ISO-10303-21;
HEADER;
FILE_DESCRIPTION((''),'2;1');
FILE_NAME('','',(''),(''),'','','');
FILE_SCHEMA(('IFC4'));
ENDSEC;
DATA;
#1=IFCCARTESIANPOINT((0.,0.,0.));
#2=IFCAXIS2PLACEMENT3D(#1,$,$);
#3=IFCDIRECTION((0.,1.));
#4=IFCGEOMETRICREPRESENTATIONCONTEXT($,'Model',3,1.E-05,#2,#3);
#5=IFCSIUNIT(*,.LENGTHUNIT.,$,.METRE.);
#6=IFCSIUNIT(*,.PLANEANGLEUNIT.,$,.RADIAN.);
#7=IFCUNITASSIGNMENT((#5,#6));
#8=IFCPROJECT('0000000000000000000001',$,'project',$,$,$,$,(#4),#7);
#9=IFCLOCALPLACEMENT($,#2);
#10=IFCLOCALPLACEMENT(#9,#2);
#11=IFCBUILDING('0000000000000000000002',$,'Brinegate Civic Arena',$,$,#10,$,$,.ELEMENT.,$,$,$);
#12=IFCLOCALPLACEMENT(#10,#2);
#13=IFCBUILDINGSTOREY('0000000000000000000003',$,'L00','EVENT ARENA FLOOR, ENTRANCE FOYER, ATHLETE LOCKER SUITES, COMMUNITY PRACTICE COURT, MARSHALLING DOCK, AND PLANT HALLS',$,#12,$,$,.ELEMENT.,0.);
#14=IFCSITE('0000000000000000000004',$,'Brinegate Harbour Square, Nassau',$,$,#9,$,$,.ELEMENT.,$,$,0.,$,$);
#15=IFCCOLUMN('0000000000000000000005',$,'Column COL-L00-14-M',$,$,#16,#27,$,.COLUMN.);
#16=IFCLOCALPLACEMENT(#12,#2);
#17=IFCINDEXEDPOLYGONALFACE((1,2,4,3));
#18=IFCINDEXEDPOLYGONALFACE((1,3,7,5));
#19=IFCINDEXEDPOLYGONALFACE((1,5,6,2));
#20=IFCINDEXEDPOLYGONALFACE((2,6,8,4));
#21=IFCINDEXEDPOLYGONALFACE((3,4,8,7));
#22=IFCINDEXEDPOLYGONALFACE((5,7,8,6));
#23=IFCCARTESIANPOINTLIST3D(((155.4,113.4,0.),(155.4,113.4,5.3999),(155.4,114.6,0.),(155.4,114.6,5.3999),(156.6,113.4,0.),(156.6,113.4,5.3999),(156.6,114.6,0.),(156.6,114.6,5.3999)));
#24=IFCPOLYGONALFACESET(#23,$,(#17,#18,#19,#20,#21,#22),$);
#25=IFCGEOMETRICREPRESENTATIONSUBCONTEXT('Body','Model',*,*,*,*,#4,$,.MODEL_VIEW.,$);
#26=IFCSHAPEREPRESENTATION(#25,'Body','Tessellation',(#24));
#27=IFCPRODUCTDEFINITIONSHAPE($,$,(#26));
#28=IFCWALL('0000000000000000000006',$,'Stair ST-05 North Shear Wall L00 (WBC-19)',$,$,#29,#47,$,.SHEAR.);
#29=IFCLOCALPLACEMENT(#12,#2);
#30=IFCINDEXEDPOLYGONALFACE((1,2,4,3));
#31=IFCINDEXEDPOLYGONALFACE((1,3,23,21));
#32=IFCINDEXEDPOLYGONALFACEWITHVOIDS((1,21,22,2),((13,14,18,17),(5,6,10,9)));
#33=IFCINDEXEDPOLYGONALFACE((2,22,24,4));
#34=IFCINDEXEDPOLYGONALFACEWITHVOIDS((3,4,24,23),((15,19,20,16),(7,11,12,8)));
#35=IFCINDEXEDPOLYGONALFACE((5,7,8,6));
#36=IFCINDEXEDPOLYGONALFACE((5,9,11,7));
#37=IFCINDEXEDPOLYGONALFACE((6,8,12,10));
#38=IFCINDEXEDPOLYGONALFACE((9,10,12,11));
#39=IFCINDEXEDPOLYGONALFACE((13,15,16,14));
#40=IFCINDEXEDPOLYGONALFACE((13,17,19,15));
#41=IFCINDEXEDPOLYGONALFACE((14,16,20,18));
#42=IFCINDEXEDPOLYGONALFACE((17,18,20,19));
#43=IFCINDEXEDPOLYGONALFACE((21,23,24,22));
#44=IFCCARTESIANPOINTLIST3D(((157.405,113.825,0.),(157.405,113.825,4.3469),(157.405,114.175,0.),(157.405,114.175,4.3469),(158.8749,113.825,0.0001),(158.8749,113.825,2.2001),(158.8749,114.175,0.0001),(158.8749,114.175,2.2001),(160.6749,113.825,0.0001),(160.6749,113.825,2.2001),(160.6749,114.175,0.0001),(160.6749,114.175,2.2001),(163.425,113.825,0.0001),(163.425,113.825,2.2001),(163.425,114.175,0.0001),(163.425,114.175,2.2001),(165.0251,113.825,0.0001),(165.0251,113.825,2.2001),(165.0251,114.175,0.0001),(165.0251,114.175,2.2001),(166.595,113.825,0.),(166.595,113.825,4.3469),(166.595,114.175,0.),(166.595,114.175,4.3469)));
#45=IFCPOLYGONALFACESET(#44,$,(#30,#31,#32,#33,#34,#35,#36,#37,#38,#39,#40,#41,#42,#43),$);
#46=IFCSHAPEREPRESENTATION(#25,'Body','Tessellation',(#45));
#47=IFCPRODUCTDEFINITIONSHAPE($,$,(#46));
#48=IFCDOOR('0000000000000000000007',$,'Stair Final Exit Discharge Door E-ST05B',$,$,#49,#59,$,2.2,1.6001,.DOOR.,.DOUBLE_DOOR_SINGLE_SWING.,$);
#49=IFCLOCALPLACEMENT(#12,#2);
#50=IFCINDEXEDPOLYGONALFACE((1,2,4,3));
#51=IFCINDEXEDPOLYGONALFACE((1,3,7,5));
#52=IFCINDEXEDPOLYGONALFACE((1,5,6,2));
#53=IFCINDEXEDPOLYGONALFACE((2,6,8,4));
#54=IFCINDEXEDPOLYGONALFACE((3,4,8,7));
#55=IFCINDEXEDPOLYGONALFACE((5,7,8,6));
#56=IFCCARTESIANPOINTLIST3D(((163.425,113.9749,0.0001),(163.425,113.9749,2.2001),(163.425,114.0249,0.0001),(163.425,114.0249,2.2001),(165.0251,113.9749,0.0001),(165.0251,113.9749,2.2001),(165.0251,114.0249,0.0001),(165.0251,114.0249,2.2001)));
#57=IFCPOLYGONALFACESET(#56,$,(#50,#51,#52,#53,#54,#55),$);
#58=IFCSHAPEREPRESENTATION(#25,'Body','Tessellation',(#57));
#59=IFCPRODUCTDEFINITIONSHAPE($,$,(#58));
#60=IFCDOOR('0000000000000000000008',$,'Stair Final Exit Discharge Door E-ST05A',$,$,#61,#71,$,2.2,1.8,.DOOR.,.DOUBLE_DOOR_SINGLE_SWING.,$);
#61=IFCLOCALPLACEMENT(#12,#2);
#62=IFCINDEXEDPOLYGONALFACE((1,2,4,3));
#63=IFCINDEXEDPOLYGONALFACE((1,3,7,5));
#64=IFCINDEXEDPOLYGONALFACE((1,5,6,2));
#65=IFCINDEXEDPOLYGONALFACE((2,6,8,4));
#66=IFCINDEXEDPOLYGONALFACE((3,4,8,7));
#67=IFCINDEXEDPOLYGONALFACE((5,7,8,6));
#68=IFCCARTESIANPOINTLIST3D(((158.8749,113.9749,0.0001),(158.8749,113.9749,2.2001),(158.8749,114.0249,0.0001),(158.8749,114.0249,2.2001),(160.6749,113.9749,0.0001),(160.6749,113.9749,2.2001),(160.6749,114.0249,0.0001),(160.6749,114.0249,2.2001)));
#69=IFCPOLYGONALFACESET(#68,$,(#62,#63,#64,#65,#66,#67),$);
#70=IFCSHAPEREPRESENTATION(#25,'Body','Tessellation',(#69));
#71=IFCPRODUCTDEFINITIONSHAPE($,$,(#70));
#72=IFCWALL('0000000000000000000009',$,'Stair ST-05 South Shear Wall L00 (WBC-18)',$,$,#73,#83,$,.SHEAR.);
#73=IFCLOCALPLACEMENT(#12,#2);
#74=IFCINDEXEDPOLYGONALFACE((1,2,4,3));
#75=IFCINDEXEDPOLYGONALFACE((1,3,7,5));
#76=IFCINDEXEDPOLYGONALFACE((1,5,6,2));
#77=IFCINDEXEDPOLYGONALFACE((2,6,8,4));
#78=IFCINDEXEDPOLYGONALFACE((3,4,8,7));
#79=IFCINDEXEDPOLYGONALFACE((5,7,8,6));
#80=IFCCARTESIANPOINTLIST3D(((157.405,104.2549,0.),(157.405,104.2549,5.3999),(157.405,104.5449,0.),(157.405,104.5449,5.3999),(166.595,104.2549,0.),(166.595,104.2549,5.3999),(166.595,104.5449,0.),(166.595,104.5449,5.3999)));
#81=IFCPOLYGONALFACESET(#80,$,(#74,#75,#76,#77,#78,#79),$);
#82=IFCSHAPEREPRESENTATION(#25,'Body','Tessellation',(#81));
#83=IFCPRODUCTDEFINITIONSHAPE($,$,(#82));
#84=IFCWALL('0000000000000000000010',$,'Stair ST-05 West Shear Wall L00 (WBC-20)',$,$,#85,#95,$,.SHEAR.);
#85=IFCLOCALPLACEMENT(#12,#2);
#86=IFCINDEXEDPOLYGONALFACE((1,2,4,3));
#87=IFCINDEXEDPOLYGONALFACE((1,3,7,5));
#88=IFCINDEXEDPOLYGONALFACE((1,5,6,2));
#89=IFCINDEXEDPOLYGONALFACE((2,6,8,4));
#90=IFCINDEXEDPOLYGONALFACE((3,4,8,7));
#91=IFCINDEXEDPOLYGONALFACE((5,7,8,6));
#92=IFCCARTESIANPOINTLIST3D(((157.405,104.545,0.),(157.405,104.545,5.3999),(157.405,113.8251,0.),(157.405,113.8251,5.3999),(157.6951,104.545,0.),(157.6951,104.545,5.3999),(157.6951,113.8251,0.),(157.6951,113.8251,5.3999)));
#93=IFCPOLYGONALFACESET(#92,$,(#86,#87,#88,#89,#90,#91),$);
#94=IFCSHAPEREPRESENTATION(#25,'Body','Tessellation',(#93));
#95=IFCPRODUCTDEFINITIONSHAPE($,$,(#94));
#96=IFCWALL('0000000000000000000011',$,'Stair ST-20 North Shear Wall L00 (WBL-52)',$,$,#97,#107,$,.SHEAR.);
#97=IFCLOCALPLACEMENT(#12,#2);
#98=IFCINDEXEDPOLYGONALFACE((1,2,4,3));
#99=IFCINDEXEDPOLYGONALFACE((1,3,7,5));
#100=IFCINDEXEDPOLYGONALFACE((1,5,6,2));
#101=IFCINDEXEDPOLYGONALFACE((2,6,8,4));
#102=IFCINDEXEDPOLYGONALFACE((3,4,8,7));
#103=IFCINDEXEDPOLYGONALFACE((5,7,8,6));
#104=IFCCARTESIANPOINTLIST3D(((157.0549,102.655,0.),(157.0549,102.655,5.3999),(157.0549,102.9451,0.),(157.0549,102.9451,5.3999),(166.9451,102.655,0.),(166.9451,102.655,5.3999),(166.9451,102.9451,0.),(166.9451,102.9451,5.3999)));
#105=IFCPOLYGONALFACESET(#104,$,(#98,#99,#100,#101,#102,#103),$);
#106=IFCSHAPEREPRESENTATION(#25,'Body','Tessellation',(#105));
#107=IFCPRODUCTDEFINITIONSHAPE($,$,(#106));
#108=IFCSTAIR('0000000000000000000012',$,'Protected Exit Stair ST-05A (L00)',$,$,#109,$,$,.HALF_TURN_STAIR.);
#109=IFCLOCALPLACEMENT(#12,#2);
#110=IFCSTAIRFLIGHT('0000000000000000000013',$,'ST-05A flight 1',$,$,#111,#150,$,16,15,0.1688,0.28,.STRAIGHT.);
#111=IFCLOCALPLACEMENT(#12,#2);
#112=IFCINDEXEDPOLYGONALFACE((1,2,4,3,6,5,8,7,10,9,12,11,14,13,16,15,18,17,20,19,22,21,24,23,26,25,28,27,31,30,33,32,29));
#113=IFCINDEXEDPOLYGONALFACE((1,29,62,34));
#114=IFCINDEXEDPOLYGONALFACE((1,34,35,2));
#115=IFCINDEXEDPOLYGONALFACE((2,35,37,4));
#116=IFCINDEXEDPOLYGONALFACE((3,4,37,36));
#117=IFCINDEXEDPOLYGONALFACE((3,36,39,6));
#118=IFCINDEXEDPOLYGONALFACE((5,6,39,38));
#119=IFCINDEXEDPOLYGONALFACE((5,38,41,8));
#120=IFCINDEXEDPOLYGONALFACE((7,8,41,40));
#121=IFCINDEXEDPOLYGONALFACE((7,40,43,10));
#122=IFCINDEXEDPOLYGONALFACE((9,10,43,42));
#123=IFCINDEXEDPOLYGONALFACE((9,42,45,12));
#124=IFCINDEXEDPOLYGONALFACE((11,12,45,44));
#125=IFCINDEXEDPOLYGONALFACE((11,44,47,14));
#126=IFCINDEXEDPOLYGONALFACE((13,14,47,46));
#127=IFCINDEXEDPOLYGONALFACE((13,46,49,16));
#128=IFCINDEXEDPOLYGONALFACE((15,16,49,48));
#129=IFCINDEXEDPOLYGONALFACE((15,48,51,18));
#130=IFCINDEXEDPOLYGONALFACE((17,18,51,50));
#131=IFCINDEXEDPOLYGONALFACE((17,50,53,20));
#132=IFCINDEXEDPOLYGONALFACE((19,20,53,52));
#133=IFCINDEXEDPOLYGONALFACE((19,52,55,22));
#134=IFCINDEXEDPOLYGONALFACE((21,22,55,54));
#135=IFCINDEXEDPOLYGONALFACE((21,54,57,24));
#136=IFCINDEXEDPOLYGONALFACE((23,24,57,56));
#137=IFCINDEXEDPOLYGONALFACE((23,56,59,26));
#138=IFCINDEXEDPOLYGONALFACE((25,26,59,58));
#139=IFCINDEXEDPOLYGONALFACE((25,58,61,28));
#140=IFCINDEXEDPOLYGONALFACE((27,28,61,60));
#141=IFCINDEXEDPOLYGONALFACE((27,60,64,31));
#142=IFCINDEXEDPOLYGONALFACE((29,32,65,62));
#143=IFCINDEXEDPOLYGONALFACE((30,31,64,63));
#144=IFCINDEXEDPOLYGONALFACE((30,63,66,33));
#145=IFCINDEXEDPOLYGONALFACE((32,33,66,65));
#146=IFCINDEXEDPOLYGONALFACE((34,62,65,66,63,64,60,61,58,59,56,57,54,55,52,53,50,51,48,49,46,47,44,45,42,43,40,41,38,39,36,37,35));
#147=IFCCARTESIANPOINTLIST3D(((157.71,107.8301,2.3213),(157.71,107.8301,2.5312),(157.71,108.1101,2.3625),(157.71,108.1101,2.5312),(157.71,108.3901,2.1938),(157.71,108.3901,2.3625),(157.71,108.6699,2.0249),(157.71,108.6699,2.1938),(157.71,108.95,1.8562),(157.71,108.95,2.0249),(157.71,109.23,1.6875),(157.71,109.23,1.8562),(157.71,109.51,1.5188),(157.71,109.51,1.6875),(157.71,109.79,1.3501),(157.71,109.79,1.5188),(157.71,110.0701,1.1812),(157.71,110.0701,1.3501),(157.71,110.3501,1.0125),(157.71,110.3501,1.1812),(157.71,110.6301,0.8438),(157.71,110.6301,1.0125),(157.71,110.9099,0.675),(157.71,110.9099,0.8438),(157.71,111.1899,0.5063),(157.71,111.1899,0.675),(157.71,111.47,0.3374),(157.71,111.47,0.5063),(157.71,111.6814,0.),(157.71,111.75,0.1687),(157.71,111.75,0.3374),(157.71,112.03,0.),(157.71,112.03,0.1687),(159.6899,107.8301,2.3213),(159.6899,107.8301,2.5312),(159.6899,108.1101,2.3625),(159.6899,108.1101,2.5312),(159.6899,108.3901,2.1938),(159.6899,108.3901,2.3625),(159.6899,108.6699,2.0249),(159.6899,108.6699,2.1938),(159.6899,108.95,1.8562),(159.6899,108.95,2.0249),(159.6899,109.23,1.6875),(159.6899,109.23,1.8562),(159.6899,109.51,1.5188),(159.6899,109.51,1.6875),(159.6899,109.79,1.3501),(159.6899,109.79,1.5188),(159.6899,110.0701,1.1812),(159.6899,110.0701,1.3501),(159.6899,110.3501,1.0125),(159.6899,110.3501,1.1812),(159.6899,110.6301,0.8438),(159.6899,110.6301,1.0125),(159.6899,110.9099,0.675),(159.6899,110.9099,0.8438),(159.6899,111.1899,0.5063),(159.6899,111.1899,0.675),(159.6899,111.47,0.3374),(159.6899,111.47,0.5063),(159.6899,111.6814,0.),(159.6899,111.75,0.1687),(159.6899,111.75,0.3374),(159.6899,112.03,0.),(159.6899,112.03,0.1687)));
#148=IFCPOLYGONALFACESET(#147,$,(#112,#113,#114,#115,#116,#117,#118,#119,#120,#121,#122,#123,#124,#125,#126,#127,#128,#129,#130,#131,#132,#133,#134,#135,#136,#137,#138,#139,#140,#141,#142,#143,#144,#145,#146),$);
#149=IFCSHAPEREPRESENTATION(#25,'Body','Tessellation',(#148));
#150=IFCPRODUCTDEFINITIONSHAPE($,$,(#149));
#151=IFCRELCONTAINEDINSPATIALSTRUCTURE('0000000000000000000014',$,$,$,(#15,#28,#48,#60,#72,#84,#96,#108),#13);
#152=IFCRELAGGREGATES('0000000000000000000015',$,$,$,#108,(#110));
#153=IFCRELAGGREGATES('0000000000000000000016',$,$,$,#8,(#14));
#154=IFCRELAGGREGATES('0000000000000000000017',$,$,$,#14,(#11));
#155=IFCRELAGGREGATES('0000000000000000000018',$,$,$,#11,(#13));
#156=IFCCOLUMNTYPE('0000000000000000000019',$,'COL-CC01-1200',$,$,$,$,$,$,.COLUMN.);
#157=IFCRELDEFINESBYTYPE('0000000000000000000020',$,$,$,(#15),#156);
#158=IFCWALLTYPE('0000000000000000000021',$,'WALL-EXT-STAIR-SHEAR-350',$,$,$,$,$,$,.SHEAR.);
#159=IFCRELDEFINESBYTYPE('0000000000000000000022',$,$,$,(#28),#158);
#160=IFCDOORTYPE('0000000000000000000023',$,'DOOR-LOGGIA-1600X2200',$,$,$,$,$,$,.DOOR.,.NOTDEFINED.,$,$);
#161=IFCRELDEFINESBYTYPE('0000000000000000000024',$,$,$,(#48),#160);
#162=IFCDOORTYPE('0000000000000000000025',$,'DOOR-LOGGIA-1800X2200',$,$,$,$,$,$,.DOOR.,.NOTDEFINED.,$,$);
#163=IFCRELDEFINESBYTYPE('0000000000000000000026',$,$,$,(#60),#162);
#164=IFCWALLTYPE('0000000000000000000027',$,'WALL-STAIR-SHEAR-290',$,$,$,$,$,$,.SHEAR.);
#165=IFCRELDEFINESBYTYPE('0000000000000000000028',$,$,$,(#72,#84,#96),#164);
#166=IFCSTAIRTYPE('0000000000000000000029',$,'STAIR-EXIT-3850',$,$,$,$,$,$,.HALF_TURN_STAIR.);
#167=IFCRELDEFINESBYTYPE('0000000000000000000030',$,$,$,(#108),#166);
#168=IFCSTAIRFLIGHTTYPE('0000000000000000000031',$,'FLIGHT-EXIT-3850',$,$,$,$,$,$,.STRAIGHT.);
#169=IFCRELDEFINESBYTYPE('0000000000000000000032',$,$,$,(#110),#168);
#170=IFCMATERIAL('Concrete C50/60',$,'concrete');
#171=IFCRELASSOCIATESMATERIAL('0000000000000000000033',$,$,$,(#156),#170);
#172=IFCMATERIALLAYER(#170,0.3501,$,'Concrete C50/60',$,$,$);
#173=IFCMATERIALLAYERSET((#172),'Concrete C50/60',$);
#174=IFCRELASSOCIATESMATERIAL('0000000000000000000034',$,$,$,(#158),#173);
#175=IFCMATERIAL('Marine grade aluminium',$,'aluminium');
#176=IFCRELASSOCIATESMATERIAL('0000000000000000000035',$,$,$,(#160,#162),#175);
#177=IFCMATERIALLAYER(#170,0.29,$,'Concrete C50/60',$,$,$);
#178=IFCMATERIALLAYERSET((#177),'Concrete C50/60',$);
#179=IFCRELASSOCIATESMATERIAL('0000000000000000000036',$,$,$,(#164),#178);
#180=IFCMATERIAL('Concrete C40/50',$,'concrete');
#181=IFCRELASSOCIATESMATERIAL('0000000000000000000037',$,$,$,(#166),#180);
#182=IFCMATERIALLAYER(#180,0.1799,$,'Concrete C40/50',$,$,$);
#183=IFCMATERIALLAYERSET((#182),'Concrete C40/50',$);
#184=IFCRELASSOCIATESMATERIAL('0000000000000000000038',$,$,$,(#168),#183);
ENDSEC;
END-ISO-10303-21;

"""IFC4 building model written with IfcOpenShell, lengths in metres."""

from ifc_helpers import new_model, si_unit, direction, frame, frame_2d, origin, origin_2d, place, context, subcontext, project, spatial, polyline, rectangle, outline, extrude, material, layer, layer_set, material_profile, profile_set, type_object, element, fill, aggregate, save


model = new_model("IFC4")

# Units and contexts
model_context = context("Model", 3, precision=1e-05, world=origin(), true_north=direction((0.0, 1.0)))
body_context = subcontext(model_context, "Body", "Model", "MODEL_VIEW")
ifc_project = project(units=[si_unit("LENGTHUNIT", "METRE"), si_unit("PLANEANGLEUNIT", "RADIAN")], contexts=[model_context])

# Site, building, storey
site_placement = place(None, origin())
site = spatial("IfcSite", under=ifc_project, at=site_placement, Name="Brinegate Harbour Square, Nassau", CompositionType="ELEMENT", RefElevation=0.0)
building_placement = place(site_placement, origin())
building = spatial("IfcBuilding", under=site, at=building_placement, Name="Brinegate Civic Arena", CompositionType="ELEMENT")
storey_placement = place(building_placement, origin())
storey = spatial("IfcBuildingStorey", under=building, at=storey_placement, Name="L00", Description="EVENT ARENA FLOOR, ENTRANCE FOYER, ATHLETE LOCKER SUITES, COMMUNITY PRACTICE COURT, MARSHALLING DOCK, AND PLANT HALLS", CompositionType="ELEMENT", Elevation=0.0)

# Shared definitions
ifc_material_1 = material(Name="Concrete C40/50", Category="concrete")

# Column
ifc_material_2 = material(Name="Concrete C50/60", Category="concrete")
ifc_material_profile_1 = material_profile(ifc_material_2, rectangle(XDim=1.2, YDim=1.2, at=origin_2d()), Name="RC1200X1200")
ifc_profile_set_1 = profile_set([ifc_material_profile_1], Name="Concrete C50/60")
column_type = type_object("IfcColumnType", Name="COL-CC01-1200", PredefinedType="COLUMN", material=ifc_profile_set_1)
for number, where, z_axis, x_axis, name in (
    (1, (156.0, 114.0, 0.0), (0.0, 0.0, 1.0), (1.0, 0.0, 0.0), "Column COL-L00-14-M"),
):
    element("IfcColumn", number, at=place(storey_placement, frame(where, z_axis=z_axis, x_axis=x_axis)), inside=storey, type_object=column_type, Name=name, PredefinedType="COLUMN", context=body_context, shape_type="SweptSolid", body=[
        extrude(rectangle(XDim=1.2, YDim=1.2, at=origin_2d()), origin(), (0.0, 0.0, 1.0), 5.3999),
    ])

# Wall, openings, doors
ifc_layer_1 = layer(ifc_material_2, 0.3501, Name="Concrete C50/60")
ifc_layer_set_1 = layer_set([ifc_layer_1], Name="Concrete C50/60")
wall_type_1 = type_object("IfcWallType", Name="WALL-EXT-STAIR-SHEAR-350", PredefinedType="SHEAR", material=ifc_layer_set_1)
wall_1_placement = place(storey_placement, frame((157.405, 114.0, 0.0), z_axis=(0.0, 0.0, 1.0), x_axis=(1.0, 0.0, 0.0)))
wall_1 = element("IfcWall", 2, at=wall_1_placement, inside=storey, type_object=wall_type_1, Name="Stair ST-05 North Shear Wall L00 (WBC-19)", PredefinedType="SHEAR", context=body_context, shape_type="SweptSolid", body=[
    extrude(rectangle(XDim=9.1899, YDim=0.3501, at=frame_2d((4.595, 0.0))), origin(), (0.0, 0.0, 1.0), 4.3469),
])
opening_1_placement = place(wall_1_placement, frame((1.47, 0.0, 0.0)))
opening_1 = element("IfcOpeningElement", 3, at=opening_1_placement, cuts=wall_1, PredefinedType="OPENING", context=body_context, shape_type="SweptSolid", body=[
    extrude(rectangle(XDim=1.8, YDim=2.2, at=frame_2d((0.8999, 1.1001))), frame((0.0, 0.1851, 0.0), z_axis=(0.0, -1.0, 0.0), x_axis=(1.0, 0.0, 0.0)), (0.0, 0.0, 1.0), 0.3701),
])
opening_2_placement = place(wall_1_placement, frame((6.02, 0.0, 0.0)))
opening_2 = element("IfcOpeningElement", 4, at=opening_2_placement, cuts=wall_1, PredefinedType="OPENING", context=body_context, shape_type="SweptSolid", body=[
    extrude(rectangle(XDim=1.6001, YDim=2.2, at=frame_2d((0.8, 1.1001))), frame((0.0, 0.1851, 0.0), z_axis=(0.0, -1.0, 0.0), x_axis=(1.0, 0.0, 0.0)), (0.0, 0.0, 1.0), 0.3701),
])
ifc_material_3 = material(Name="Marine grade aluminium", Category="aluminium")
door_type_1 = type_object("IfcDoorType", Name="DOOR-LOGGIA-1600X2200", OperationType="NOTDEFINED", PredefinedType="DOOR", material=ifc_material_3)
door_1_placement = place(opening_2_placement, origin())
door_1 = element("IfcDoor", 5, at=door_1_placement, inside=storey, type_object=door_type_1, Name="Stair Final Exit Discharge Door E-ST05B", OperationType="DOUBLE_DOOR_SINGLE_SWING", OverallHeight=2.2, OverallWidth=1.6001, PredefinedType="DOOR", context=body_context, shape_type="SweptSolid", body=[
    extrude(rectangle(XDim=1.6001, YDim=2.2, at=frame_2d((0.8, 1.1001))), frame((0.0, 0.0249, 0.0), z_axis=(0.0, -1.0, 0.0), x_axis=(1.0, 0.0, 0.0)), (0.0, 0.0, 1.0), 0.05),
])
fill(opening_2, door_1)
door_type_2 = type_object("IfcDoorType", Name="DOOR-LOGGIA-1800X2200", OperationType="NOTDEFINED", PredefinedType="DOOR", material=ifc_material_3)
door_2_placement = place(opening_1_placement, origin())
door_2 = element("IfcDoor", 6, at=door_2_placement, inside=storey, type_object=door_type_2, Name="Stair Final Exit Discharge Door E-ST05A", OperationType="DOUBLE_DOOR_SINGLE_SWING", OverallHeight=2.2, OverallWidth=1.8, PredefinedType="DOOR", context=body_context, shape_type="SweptSolid", body=[
    extrude(rectangle(XDim=1.8, YDim=2.2, at=frame_2d((0.8999, 1.1001))), frame((0.0, 0.0249, 0.0), z_axis=(0.0, -1.0, 0.0), x_axis=(1.0, 0.0, 0.0)), (0.0, 0.0, 1.0), 0.05),
])
fill(opening_1, door_2)

# Walls
ifc_layer_2 = layer(ifc_material_2, 0.29, Name="Concrete C50/60")
ifc_layer_set_2 = layer_set([ifc_layer_2], Name="Concrete C50/60")
wall_type_2 = type_object("IfcWallType", Name="WALL-STAIR-SHEAR-290", PredefinedType="SHEAR", material=ifc_layer_set_2)
wall_2_placement = place(storey_placement, frame((157.405, 104.3999, 0.0), z_axis=(0.0, 0.0, 1.0), x_axis=(1.0, 0.0, 0.0)))
element("IfcWall", 7, at=wall_2_placement, inside=storey, type_object=wall_type_2, Name="Stair ST-05 South Shear Wall L00 (WBC-18)", PredefinedType="SHEAR", context=body_context, shape_type="SweptSolid", body=[
    extrude(rectangle(XDim=9.1899, YDim=0.29, at=frame_2d((4.595, 0.0))), origin(), (0.0, 0.0, 1.0), 5.3999),
])
wall_3_placement = place(storey_placement, frame((157.55, 104.5449, 0.0), z_axis=(0.0, 0.0, 1.0), x_axis=(0.0, 1.0, 0.0)))
element("IfcWall", 8, at=wall_3_placement, inside=storey, type_object=wall_type_2, Name="Stair ST-05 West Shear Wall L00 (WBC-20)", PredefinedType="SHEAR", context=body_context, shape_type="SweptSolid", body=[
    extrude(rectangle(XDim=9.28, YDim=0.29, at=frame_2d((4.6401, 0.0))), origin(), (0.0, 0.0, 1.0), 5.3999),
])
wall_4_placement = place(storey_placement, frame((157.0549, 102.8, 0.0), z_axis=(0.0, 0.0, 1.0), x_axis=(1.0, 0.0, 0.0)))
element("IfcWall", 9, at=wall_4_placement, inside=storey, type_object=wall_type_2, Name="Stair ST-20 North Shear Wall L00 (WBL-52)", PredefinedType="SHEAR", context=body_context, shape_type="SweptSolid", body=[
    extrude(rectangle(XDim=9.8901, YDim=0.29, at=frame_2d((4.9451, 0.0))), origin(), (0.0, 0.0, 1.0), 5.3999),
])

# Stair, stair flight
stair_type = type_object("IfcStairType", Name="STAIR-EXIT-3850", PredefinedType="HALF_TURN_STAIR", material=ifc_material_1)
stair_placement = place(storey_placement, origin())
stair = element("IfcStair", 10, at=stair_placement, inside=storey, type_object=stair_type, Name="Protected Exit Stair ST-05A (L00)", PredefinedType="HALF_TURN_STAIR")
ifc_layer_3 = layer(ifc_material_1, 0.1799, Name="Concrete C40/50")
ifc_layer_set_3 = layer_set([ifc_layer_3], Name="Concrete C40/50")
stair_flight_type = type_object("IfcStairFlightType", Name="FLIGHT-EXIT-3850", PredefinedType="STRAIGHT", material=ifc_layer_set_3)
stair_flight_placement = place(storey_placement, frame((158.7, 112.03, 0.0), z_axis=(0.0, 0.0, 1.0), x_axis=(0.0, -1.0, 0.0)))
stair_flight = element("IfcStairFlight", 11, at=stair_flight_placement, type_object=stair_flight_type, Name="ST-05A flight 1", NumberOfRisers=16, NumberOfTreads=15, PredefinedType="STRAIGHT", RiserHeight=0.1688, TreadLength=0.28, context=body_context, shape_type="SweptSolid", body=[
    extrude(outline(polyline([(0.0, 0.0), (0.0, 0.1687), (0.28, 0.1687), (0.28, 0.3374), (0.5601, 0.3374), (0.5601, 0.5063), (0.8401, 0.5063), (0.8401, 0.675), (1.1201, 0.675), (1.1201, 0.8438), (1.3999, 0.8438), (1.3999, 1.0125), (1.6799, 1.0125), (1.6799, 1.1812), (1.96, 1.1812), (1.96, 1.3501), (2.24, 1.3501), (2.24, 1.5188), (2.52, 1.5188), (2.52, 1.6875), (2.8, 1.6875), (2.8, 1.8562), (3.0801, 1.8562), (3.0801, 2.0249), (3.3601, 2.0249), (3.3601, 2.1938), (3.6399, 2.1938), (3.6399, 2.3625), (3.9199, 2.3625), (3.9199, 2.5312), (4.2, 2.5312), (4.2, 2.7), (4.2, 2.3213), (0.3486, 0.0), (0.0, 0.0)])), frame((0.0, 0.99, 0.0), z_axis=(0.0, -1.0, 0.0), x_axis=(1.0, 0.0, 0.0)), (0.0, 0.0, 1.0), 1.98),
])
aggregate(stair, [stair_flight])

save(model, "model.ifc")
